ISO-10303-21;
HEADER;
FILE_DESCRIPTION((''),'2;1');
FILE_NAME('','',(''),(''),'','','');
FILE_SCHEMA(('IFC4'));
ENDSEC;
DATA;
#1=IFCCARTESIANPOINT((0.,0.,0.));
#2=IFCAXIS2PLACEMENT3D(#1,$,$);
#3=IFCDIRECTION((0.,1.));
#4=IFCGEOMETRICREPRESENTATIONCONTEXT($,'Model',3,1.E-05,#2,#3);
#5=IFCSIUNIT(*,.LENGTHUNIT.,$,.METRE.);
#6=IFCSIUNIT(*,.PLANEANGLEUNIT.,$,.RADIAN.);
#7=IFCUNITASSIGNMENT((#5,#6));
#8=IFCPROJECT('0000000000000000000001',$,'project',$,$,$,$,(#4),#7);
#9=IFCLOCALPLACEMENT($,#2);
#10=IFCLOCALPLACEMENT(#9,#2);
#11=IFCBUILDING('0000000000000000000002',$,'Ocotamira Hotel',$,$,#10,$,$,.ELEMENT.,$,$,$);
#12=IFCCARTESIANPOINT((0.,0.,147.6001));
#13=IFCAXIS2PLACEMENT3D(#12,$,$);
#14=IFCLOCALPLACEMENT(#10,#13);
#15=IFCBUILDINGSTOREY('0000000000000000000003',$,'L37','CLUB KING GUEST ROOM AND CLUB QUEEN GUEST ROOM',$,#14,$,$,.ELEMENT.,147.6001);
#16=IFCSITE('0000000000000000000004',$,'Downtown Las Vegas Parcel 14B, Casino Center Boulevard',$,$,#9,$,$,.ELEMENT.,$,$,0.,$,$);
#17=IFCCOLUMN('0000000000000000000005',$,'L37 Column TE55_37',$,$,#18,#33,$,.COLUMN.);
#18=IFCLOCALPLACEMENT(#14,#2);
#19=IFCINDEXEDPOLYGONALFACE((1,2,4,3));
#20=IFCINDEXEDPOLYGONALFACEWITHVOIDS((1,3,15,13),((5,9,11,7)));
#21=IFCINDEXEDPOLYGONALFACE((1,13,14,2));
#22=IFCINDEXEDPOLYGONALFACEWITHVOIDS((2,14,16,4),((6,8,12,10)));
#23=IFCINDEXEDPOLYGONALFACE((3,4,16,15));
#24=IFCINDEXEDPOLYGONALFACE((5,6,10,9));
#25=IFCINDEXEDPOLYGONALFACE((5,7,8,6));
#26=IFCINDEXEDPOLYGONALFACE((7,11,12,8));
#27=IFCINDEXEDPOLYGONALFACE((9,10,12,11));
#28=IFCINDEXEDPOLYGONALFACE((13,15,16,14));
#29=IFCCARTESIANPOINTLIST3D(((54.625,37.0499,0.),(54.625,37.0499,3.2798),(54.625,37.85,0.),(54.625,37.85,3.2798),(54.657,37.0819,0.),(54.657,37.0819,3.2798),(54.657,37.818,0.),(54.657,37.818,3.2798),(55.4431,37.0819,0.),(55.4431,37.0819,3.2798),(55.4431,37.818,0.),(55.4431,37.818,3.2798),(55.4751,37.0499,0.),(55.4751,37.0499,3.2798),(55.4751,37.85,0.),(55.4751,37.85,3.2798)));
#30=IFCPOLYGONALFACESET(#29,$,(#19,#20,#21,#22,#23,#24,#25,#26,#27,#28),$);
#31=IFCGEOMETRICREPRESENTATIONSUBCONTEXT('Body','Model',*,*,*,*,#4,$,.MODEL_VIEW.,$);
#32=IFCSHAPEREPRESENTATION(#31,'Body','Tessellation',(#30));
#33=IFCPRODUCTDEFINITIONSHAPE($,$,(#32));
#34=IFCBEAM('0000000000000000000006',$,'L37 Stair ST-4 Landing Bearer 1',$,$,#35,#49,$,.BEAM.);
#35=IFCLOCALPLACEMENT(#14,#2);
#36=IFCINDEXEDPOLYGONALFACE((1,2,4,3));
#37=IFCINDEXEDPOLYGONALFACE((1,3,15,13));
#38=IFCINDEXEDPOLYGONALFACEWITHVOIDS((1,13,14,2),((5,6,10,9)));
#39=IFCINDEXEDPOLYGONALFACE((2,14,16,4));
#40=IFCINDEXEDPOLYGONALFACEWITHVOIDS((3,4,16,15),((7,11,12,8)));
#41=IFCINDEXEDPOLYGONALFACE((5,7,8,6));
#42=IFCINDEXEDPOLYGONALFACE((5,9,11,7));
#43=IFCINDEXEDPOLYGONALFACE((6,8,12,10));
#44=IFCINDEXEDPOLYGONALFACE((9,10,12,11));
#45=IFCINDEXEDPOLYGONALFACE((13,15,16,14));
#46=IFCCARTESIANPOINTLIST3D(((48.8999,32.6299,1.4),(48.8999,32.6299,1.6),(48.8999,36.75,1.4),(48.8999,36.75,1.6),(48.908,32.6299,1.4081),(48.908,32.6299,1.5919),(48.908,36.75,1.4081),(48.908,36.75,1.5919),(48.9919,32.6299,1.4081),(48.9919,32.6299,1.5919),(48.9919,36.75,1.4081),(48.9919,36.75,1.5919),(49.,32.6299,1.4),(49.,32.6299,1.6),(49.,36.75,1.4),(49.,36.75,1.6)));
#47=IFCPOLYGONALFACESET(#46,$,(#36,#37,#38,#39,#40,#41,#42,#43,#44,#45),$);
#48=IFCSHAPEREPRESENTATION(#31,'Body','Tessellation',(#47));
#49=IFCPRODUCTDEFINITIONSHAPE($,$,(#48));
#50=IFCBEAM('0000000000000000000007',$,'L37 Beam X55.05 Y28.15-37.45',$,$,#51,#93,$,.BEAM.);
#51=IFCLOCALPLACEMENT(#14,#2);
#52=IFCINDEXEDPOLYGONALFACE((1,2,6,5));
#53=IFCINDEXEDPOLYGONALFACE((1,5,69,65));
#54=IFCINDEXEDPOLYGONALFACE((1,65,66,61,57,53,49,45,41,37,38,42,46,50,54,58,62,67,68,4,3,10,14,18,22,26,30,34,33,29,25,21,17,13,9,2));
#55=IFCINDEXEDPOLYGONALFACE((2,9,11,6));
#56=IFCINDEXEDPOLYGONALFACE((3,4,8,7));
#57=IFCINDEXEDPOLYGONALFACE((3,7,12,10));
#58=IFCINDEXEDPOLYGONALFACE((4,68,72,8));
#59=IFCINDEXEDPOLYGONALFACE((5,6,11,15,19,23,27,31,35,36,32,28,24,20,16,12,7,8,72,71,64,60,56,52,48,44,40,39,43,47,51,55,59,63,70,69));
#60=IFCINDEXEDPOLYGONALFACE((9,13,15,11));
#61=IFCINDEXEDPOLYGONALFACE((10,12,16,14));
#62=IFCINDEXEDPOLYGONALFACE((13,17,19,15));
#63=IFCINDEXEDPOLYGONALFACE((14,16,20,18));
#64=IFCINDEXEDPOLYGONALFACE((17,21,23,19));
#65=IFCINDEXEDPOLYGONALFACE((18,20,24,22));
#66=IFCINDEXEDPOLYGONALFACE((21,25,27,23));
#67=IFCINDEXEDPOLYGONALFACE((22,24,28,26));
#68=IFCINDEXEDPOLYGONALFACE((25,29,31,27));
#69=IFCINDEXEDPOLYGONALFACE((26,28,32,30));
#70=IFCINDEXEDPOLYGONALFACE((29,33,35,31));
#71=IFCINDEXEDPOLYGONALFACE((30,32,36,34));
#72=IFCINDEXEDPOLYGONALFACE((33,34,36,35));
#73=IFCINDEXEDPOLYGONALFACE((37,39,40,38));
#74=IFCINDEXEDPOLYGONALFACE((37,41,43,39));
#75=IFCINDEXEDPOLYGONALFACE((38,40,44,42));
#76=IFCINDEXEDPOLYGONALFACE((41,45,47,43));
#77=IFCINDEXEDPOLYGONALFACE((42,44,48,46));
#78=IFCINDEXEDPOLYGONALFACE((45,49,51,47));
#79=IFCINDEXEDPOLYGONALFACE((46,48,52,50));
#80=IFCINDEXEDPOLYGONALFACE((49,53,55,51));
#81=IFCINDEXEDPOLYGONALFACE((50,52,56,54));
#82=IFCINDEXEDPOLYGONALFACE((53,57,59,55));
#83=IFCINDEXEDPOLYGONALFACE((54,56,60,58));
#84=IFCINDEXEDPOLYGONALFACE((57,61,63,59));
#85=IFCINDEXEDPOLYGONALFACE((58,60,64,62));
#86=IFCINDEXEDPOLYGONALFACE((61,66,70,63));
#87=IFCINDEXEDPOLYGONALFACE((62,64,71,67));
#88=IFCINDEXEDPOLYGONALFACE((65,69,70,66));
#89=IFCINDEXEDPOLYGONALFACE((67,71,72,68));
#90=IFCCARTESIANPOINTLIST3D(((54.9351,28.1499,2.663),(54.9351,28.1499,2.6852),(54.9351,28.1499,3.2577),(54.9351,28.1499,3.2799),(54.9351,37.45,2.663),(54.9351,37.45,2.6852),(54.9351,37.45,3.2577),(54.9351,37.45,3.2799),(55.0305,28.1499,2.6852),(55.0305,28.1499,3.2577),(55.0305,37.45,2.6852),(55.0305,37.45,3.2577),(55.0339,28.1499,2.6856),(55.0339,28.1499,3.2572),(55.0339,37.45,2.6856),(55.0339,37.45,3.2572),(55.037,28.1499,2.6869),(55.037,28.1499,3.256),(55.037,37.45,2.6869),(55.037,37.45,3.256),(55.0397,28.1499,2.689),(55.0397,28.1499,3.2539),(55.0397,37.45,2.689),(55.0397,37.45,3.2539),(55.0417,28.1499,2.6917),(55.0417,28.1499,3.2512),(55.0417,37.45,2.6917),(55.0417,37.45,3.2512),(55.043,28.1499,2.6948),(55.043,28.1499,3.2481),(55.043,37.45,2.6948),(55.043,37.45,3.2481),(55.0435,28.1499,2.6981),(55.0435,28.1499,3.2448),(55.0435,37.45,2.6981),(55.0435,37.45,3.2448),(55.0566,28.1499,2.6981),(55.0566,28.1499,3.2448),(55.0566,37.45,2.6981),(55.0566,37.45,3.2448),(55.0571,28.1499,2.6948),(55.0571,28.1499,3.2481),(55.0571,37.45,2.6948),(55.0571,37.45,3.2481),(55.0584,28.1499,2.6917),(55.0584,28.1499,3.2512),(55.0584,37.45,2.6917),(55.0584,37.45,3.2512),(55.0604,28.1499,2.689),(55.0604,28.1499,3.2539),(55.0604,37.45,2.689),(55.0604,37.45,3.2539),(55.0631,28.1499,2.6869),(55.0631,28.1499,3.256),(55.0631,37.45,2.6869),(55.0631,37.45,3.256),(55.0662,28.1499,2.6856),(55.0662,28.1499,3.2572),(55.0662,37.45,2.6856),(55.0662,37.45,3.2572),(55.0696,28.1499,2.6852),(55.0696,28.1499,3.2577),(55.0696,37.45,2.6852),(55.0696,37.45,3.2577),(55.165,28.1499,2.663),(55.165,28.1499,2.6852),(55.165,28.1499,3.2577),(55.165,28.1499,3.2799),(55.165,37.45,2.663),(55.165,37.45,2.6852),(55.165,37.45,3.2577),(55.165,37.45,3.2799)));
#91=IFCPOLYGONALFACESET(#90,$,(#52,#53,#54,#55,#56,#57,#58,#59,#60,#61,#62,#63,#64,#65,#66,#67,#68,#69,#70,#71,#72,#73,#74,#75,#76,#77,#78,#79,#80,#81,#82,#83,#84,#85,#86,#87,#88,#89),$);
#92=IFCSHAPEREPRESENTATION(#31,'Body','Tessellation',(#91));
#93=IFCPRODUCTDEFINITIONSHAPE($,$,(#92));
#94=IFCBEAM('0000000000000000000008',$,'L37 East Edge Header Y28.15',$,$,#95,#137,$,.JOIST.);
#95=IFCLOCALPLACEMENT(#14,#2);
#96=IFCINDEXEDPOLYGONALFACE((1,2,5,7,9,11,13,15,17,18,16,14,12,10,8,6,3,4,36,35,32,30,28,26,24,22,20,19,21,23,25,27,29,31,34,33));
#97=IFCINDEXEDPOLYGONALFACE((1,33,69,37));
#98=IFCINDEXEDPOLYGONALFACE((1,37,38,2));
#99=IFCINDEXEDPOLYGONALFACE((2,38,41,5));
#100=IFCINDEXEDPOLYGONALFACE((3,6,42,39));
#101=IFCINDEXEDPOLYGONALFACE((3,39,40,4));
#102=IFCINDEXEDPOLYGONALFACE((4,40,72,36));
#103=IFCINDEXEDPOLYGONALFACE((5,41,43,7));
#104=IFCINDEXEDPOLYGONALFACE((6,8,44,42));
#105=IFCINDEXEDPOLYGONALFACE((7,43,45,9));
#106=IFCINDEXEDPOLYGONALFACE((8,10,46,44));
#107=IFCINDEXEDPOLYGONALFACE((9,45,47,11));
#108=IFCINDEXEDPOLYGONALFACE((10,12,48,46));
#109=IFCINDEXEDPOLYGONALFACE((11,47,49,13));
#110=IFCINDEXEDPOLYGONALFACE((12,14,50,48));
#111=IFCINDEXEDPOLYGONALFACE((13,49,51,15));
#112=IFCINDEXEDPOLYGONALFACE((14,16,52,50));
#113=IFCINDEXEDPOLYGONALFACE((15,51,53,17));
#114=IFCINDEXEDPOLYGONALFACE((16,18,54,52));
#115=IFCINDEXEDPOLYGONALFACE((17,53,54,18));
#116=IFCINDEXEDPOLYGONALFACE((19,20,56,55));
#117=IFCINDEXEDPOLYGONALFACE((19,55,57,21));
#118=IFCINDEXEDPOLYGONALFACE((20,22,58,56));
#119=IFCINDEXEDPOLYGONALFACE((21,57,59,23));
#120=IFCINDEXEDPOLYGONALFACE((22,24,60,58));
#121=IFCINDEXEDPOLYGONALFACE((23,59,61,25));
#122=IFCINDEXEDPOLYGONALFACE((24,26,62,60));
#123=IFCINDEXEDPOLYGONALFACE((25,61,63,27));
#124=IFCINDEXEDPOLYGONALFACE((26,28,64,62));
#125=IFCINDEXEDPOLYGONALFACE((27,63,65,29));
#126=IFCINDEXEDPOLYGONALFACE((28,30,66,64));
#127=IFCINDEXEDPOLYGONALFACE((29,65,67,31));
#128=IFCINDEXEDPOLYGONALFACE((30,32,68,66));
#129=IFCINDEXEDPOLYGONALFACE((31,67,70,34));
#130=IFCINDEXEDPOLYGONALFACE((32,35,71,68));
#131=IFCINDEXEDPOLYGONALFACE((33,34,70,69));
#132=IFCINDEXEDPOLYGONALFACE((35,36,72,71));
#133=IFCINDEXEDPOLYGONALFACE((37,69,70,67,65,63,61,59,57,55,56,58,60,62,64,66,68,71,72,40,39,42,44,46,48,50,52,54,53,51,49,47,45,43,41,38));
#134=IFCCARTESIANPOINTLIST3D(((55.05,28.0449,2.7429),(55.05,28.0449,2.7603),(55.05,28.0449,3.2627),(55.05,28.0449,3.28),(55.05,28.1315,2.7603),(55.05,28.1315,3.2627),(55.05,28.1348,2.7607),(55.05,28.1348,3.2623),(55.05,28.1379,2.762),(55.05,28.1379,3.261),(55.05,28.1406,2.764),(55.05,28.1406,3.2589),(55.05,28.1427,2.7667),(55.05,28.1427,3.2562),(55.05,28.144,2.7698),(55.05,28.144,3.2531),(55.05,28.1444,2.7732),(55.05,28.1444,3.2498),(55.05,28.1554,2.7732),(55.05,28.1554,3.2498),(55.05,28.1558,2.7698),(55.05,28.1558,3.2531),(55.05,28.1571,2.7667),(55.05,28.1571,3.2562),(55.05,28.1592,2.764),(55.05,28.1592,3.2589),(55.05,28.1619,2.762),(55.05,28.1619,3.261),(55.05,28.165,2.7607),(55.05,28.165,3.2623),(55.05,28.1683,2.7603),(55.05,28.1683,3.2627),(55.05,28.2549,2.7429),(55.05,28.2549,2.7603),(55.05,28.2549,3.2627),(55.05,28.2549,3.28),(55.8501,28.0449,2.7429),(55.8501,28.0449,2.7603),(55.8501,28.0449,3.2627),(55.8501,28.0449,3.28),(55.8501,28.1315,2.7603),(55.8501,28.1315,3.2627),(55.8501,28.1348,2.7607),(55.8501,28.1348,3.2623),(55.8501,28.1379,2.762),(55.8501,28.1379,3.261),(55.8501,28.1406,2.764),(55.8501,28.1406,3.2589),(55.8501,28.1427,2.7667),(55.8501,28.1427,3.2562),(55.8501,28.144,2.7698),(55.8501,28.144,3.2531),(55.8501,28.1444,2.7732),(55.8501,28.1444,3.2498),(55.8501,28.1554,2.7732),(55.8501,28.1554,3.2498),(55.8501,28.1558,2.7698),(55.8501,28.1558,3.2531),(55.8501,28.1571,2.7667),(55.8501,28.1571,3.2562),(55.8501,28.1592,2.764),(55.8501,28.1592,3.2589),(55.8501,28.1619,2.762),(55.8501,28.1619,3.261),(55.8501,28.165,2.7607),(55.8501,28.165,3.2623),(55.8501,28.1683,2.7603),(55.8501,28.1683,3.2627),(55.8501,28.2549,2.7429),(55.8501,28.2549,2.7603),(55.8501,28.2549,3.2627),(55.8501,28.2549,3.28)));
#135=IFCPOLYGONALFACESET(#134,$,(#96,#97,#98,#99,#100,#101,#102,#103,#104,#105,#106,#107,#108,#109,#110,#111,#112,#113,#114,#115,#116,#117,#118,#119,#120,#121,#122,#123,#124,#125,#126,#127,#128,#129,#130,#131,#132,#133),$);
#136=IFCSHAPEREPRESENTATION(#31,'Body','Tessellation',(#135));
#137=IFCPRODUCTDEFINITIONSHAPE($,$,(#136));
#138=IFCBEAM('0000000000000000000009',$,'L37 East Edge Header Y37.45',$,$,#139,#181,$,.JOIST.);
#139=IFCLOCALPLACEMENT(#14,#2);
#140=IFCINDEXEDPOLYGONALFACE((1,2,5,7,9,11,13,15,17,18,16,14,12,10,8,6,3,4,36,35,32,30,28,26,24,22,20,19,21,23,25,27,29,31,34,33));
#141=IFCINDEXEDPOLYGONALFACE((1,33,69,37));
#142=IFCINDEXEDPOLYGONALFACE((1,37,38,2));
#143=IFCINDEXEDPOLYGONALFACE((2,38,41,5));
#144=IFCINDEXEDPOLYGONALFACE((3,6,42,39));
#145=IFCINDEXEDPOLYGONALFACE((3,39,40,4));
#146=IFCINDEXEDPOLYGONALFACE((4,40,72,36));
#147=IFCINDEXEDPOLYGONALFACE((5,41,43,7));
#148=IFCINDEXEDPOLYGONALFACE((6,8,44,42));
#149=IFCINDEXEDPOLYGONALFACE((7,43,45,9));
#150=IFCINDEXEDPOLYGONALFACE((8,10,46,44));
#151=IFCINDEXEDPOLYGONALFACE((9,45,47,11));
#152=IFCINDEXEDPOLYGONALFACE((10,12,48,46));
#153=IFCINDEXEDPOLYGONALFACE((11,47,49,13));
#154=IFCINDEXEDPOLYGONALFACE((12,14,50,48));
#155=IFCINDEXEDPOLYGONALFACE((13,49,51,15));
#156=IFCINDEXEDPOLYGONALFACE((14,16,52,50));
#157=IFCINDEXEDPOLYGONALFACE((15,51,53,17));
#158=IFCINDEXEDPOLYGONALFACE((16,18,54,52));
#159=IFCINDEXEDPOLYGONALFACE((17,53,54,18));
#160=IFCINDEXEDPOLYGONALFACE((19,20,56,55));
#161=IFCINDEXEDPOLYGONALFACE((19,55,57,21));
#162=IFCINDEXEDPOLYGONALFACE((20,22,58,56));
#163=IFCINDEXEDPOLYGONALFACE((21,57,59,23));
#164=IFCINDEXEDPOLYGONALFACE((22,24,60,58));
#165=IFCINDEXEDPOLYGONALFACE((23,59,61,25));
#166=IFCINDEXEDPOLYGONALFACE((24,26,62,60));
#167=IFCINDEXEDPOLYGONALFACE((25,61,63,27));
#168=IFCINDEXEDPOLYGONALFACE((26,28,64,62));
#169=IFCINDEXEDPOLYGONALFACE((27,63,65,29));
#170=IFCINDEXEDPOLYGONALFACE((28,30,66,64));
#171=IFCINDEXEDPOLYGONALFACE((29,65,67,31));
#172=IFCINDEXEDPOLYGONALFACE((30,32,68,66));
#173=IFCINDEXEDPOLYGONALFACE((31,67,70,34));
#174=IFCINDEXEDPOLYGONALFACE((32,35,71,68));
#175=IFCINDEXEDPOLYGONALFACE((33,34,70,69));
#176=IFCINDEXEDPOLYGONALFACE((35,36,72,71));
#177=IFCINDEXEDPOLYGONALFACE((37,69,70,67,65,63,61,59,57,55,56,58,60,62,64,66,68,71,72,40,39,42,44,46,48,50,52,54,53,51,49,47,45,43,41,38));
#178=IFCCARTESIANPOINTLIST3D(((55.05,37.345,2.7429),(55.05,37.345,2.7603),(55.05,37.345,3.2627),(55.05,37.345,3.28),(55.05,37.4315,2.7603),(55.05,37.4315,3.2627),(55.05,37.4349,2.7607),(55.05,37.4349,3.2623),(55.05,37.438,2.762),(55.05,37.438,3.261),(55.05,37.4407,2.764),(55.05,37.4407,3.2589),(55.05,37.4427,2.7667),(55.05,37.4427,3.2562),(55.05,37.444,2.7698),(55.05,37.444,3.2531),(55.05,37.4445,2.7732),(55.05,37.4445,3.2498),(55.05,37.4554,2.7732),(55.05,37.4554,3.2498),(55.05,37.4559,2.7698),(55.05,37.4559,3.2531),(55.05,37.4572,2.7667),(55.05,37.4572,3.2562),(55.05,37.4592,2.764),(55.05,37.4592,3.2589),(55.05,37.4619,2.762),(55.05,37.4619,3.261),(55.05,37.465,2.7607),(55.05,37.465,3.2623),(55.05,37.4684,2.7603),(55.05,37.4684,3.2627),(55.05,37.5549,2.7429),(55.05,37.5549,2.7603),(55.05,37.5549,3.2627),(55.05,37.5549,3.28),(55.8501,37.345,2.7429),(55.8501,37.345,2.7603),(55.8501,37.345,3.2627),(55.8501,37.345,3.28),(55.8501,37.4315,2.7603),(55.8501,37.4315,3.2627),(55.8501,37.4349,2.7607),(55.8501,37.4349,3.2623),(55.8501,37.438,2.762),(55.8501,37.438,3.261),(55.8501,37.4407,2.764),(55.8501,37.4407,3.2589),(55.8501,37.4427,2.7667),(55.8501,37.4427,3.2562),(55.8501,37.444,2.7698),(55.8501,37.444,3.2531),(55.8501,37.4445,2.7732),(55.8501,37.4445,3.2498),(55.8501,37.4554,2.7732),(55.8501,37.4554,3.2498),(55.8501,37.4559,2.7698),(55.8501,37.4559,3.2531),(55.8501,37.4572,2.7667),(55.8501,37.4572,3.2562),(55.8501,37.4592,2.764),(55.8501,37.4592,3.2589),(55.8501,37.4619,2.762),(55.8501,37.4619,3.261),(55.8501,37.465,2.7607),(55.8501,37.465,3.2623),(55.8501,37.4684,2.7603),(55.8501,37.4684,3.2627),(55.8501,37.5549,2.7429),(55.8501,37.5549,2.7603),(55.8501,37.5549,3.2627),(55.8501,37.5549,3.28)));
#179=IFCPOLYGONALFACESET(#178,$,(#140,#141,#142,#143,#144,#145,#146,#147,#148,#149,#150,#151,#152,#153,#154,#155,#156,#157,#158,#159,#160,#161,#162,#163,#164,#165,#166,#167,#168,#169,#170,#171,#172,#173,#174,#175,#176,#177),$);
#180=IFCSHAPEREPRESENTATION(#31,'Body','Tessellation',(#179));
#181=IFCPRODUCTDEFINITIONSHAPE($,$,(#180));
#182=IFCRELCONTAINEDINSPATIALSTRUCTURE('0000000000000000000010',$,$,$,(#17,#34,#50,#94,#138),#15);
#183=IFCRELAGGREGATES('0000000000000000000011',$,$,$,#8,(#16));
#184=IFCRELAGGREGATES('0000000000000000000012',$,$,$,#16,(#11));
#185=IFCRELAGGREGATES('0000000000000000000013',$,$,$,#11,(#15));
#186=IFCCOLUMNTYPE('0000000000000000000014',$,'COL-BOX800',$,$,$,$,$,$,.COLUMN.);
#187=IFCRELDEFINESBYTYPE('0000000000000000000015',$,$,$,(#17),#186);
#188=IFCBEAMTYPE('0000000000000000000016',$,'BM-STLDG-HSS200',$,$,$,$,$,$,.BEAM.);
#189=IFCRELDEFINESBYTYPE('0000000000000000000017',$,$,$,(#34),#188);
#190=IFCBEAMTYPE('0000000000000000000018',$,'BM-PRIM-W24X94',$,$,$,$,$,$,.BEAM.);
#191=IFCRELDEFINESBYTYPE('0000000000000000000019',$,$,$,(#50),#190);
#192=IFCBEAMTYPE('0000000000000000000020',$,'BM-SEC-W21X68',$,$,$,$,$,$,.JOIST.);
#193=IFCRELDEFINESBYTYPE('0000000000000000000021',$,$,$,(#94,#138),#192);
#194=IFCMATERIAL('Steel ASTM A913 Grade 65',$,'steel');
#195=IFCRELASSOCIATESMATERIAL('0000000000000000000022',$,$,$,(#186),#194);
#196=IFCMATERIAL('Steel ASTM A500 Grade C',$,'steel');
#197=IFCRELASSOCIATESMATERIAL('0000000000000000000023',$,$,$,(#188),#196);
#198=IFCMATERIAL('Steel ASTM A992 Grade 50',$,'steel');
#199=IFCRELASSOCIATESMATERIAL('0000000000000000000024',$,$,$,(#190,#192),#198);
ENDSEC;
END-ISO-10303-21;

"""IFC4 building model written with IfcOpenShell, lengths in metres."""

from ifc_helpers import new_model, si_unit, direction, frame, origin, origin_2d, place, context, subcontext, project, spatial, hollow_rectangle, i_section, extrude, source, transform, mapped, material, material_profile, profile_set, type_object, element, save


model = new_model("IFC4")

# Units and contexts
model_context = context("Model", 3, precision=1e-05, world=origin(), true_north=direction((0.0, 1.0)))
body_context = subcontext(model_context, "Body", "Model", "MODEL_VIEW")
ifc_project = project(units=[si_unit("LENGTHUNIT", "METRE"), si_unit("PLANEANGLEUNIT", "RADIAN")], contexts=[model_context])

# Site, building, storey
site_placement = place(None, origin())
site = spatial("IfcSite", under=ifc_project, at=site_placement, Name="Downtown Las Vegas Parcel 14B, Casino Center Boulevard", CompositionType="ELEMENT", RefElevation=0.0)
building_placement = place(site_placement, origin())
building = spatial("IfcBuilding", under=site, at=building_placement, Name="Ocotamira Hotel", CompositionType="ELEMENT")
storey_placement = place(building_placement, frame((0.0, 0.0, 147.6001)))
storey = spatial("IfcBuildingStorey", under=building, at=storey_placement, Name="L37", Description="CLUB KING GUEST ROOM AND CLUB QUEEN GUEST ROOM", CompositionType="ELEMENT", Elevation=147.6001)

# Column
ifc_material_1 = material(Name="Steel ASTM A913 Grade 65", Category="steel")
ifc_material_profile_1 = material_profile(ifc_material_1, hollow_rectangle(XDim=0.8501, YDim=0.8, WallThickness=0.032, at=origin_2d()), Name="BOX800X850X32")
ifc_profile_set_1 = profile_set([ifc_material_profile_1], Name="Steel ASTM A913 Grade 65")
column_type = type_object("IfcColumnType", Name="COL-BOX800", PredefinedType="COLUMN", material=ifc_profile_set_1)
shared_shape_1 = source(origin(), body_context, "Body", "SweptSolid", [
    extrude(hollow_rectangle(XDim=0.8501, YDim=0.8, WallThickness=0.032, at=origin_2d()), origin(), (0.0, 0.0, 1.0), 3.2798),
])
column_placement = place(storey_placement, frame((55.05, 37.45, 0.0), z_axis=(0.0, 0.0, 1.0), x_axis=(1.0, 0.0, 0.0)))
element("IfcColumn", 1, at=column_placement, inside=storey, type_object=column_type, Name="L37 Column TE55_37", PredefinedType="COLUMN", context=body_context, shape_type="MappedRepresentation", body=[
    mapped(shared_shape_1, transform((0.0, 0.0, 0.0), scale=1.0)),
])

# Beams
ifc_material_2 = material(Name="Steel ASTM A500 Grade C", Category="steel")
ifc_material_profile_2 = material_profile(ifc_material_2, hollow_rectangle(XDim=0.1001, YDim=0.2, WallThickness=0.0081, at=origin_2d()), Name="HSS200X100X8")
ifc_profile_set_2 = profile_set([ifc_material_profile_2], Name="Steel ASTM A500 Grade C")
beam_type_1 = type_object("IfcBeamType", Name="BM-STLDG-HSS200", PredefinedType="BEAM", material=ifc_profile_set_2)
shared_shape_2 = source(origin(), body_context, "Body", "SweptSolid", [
    extrude(hollow_rectangle(XDim=0.1001, YDim=0.2, WallThickness=0.0081, at=origin_2d()), origin(), (0.0, 0.0, 1.0), 4.1201),
])
beam_1_placement = place(storey_placement, frame((48.95, 32.6299, 1.5), z_axis=(0.0, 1.0, 0.0), x_axis=(-1.0, 0.0, 0.0)))
element("IfcBeam", 2, at=beam_1_placement, inside=storey, type_object=beam_type_1, Name="L37 Stair ST-4 Landing Bearer 1", PredefinedType="BEAM", context=body_context, shape_type="MappedRepresentation", body=[
    mapped(shared_shape_2, transform((0.0, 0.0, 0.0), scale=1.0)),
])
ifc_material_3 = material(Name="Steel ASTM A992 Grade 50", Category="steel")
ifc_material_profile_3 = material_profile(ifc_material_3, i_section(OverallWidth=0.23, OverallDepth=0.6169, WebThickness=0.0132, FlangeThickness=0.0222, FilletRadius=0.0129, at=origin_2d()), Name="W24X94")
ifc_profile_set_3 = profile_set([ifc_material_profile_3], Name="Steel ASTM A992 Grade 50")
beam_type_2 = type_object("IfcBeamType", Name="BM-PRIM-W24X94", PredefinedType="BEAM", material=ifc_profile_set_3)
shared_shape_3 = source(origin(), body_context, "Body", "SweptSolid", [
    extrude(i_section(OverallWidth=0.23, OverallDepth=0.6169, WebThickness=0.0132, FlangeThickness=0.0222, FilletRadius=0.0129, at=origin_2d()), origin(), (0.0, 0.0, 1.0), 9.3),
])
beam_2_placement = place(storey_placement, frame((55.05, 28.1499, 2.9714), z_axis=(0.0, 1.0, 0.0), x_axis=(-1.0, 0.0, 0.0)))
element("IfcBeam", 3, at=beam_2_placement, inside=storey, type_object=beam_type_2, Name="L37 Beam X55.05 Y28.15-37.45", PredefinedType="BEAM", context=body_context, shape_type="MappedRepresentation", body=[
    mapped(shared_shape_3, transform((0.0, 0.0, 0.0), scale=1.0)),
])
ifc_material_profile_4 = material_profile(ifc_material_3, i_section(OverallWidth=0.21, OverallDepth=0.5371, WebThickness=0.011, FlangeThickness=0.0173, FilletRadius=0.0129, at=origin_2d()), Name="W21X68")
ifc_profile_set_4 = profile_set([ifc_material_profile_4], Name="Steel ASTM A992 Grade 50")
beam_type_3 = type_object("IfcBeamType", Name="BM-SEC-W21X68", PredefinedType="JOIST", material=ifc_profile_set_4)
shared_shape_4 = source(origin(), body_context, "Body", "SweptSolid", [
    extrude(i_section(OverallWidth=0.21, OverallDepth=0.5371, WebThickness=0.011, FlangeThickness=0.0173, FilletRadius=0.0129, at=origin_2d()), origin(), (0.0, 0.0, 1.0), 0.8),
])
for number, where, z_axis, x_axis, name in (
    (4, (55.05, 28.1499, 3.0115), (1.0, 0.0, 0.0), (0.0, 1.0, 0.0), "L37 East Edge Header Y28.15"),
    (5, (55.05, 37.45, 3.0115), (1.0, 0.0, 0.0), (0.0, 1.0, 0.0), "L37 East Edge Header Y37.45"),
):
    element("IfcBeam", number, at=place(storey_placement, frame(where, z_axis=z_axis, x_axis=x_axis)), inside=storey, type_object=beam_type_3, Name=name, PredefinedType="JOIST", context=body_context, shape_type="MappedRepresentation", body=[
        mapped(shared_shape_4, transform((0.0, 0.0, 0.0), scale=1.0)),
    ])

save(model, "model.ifc")
